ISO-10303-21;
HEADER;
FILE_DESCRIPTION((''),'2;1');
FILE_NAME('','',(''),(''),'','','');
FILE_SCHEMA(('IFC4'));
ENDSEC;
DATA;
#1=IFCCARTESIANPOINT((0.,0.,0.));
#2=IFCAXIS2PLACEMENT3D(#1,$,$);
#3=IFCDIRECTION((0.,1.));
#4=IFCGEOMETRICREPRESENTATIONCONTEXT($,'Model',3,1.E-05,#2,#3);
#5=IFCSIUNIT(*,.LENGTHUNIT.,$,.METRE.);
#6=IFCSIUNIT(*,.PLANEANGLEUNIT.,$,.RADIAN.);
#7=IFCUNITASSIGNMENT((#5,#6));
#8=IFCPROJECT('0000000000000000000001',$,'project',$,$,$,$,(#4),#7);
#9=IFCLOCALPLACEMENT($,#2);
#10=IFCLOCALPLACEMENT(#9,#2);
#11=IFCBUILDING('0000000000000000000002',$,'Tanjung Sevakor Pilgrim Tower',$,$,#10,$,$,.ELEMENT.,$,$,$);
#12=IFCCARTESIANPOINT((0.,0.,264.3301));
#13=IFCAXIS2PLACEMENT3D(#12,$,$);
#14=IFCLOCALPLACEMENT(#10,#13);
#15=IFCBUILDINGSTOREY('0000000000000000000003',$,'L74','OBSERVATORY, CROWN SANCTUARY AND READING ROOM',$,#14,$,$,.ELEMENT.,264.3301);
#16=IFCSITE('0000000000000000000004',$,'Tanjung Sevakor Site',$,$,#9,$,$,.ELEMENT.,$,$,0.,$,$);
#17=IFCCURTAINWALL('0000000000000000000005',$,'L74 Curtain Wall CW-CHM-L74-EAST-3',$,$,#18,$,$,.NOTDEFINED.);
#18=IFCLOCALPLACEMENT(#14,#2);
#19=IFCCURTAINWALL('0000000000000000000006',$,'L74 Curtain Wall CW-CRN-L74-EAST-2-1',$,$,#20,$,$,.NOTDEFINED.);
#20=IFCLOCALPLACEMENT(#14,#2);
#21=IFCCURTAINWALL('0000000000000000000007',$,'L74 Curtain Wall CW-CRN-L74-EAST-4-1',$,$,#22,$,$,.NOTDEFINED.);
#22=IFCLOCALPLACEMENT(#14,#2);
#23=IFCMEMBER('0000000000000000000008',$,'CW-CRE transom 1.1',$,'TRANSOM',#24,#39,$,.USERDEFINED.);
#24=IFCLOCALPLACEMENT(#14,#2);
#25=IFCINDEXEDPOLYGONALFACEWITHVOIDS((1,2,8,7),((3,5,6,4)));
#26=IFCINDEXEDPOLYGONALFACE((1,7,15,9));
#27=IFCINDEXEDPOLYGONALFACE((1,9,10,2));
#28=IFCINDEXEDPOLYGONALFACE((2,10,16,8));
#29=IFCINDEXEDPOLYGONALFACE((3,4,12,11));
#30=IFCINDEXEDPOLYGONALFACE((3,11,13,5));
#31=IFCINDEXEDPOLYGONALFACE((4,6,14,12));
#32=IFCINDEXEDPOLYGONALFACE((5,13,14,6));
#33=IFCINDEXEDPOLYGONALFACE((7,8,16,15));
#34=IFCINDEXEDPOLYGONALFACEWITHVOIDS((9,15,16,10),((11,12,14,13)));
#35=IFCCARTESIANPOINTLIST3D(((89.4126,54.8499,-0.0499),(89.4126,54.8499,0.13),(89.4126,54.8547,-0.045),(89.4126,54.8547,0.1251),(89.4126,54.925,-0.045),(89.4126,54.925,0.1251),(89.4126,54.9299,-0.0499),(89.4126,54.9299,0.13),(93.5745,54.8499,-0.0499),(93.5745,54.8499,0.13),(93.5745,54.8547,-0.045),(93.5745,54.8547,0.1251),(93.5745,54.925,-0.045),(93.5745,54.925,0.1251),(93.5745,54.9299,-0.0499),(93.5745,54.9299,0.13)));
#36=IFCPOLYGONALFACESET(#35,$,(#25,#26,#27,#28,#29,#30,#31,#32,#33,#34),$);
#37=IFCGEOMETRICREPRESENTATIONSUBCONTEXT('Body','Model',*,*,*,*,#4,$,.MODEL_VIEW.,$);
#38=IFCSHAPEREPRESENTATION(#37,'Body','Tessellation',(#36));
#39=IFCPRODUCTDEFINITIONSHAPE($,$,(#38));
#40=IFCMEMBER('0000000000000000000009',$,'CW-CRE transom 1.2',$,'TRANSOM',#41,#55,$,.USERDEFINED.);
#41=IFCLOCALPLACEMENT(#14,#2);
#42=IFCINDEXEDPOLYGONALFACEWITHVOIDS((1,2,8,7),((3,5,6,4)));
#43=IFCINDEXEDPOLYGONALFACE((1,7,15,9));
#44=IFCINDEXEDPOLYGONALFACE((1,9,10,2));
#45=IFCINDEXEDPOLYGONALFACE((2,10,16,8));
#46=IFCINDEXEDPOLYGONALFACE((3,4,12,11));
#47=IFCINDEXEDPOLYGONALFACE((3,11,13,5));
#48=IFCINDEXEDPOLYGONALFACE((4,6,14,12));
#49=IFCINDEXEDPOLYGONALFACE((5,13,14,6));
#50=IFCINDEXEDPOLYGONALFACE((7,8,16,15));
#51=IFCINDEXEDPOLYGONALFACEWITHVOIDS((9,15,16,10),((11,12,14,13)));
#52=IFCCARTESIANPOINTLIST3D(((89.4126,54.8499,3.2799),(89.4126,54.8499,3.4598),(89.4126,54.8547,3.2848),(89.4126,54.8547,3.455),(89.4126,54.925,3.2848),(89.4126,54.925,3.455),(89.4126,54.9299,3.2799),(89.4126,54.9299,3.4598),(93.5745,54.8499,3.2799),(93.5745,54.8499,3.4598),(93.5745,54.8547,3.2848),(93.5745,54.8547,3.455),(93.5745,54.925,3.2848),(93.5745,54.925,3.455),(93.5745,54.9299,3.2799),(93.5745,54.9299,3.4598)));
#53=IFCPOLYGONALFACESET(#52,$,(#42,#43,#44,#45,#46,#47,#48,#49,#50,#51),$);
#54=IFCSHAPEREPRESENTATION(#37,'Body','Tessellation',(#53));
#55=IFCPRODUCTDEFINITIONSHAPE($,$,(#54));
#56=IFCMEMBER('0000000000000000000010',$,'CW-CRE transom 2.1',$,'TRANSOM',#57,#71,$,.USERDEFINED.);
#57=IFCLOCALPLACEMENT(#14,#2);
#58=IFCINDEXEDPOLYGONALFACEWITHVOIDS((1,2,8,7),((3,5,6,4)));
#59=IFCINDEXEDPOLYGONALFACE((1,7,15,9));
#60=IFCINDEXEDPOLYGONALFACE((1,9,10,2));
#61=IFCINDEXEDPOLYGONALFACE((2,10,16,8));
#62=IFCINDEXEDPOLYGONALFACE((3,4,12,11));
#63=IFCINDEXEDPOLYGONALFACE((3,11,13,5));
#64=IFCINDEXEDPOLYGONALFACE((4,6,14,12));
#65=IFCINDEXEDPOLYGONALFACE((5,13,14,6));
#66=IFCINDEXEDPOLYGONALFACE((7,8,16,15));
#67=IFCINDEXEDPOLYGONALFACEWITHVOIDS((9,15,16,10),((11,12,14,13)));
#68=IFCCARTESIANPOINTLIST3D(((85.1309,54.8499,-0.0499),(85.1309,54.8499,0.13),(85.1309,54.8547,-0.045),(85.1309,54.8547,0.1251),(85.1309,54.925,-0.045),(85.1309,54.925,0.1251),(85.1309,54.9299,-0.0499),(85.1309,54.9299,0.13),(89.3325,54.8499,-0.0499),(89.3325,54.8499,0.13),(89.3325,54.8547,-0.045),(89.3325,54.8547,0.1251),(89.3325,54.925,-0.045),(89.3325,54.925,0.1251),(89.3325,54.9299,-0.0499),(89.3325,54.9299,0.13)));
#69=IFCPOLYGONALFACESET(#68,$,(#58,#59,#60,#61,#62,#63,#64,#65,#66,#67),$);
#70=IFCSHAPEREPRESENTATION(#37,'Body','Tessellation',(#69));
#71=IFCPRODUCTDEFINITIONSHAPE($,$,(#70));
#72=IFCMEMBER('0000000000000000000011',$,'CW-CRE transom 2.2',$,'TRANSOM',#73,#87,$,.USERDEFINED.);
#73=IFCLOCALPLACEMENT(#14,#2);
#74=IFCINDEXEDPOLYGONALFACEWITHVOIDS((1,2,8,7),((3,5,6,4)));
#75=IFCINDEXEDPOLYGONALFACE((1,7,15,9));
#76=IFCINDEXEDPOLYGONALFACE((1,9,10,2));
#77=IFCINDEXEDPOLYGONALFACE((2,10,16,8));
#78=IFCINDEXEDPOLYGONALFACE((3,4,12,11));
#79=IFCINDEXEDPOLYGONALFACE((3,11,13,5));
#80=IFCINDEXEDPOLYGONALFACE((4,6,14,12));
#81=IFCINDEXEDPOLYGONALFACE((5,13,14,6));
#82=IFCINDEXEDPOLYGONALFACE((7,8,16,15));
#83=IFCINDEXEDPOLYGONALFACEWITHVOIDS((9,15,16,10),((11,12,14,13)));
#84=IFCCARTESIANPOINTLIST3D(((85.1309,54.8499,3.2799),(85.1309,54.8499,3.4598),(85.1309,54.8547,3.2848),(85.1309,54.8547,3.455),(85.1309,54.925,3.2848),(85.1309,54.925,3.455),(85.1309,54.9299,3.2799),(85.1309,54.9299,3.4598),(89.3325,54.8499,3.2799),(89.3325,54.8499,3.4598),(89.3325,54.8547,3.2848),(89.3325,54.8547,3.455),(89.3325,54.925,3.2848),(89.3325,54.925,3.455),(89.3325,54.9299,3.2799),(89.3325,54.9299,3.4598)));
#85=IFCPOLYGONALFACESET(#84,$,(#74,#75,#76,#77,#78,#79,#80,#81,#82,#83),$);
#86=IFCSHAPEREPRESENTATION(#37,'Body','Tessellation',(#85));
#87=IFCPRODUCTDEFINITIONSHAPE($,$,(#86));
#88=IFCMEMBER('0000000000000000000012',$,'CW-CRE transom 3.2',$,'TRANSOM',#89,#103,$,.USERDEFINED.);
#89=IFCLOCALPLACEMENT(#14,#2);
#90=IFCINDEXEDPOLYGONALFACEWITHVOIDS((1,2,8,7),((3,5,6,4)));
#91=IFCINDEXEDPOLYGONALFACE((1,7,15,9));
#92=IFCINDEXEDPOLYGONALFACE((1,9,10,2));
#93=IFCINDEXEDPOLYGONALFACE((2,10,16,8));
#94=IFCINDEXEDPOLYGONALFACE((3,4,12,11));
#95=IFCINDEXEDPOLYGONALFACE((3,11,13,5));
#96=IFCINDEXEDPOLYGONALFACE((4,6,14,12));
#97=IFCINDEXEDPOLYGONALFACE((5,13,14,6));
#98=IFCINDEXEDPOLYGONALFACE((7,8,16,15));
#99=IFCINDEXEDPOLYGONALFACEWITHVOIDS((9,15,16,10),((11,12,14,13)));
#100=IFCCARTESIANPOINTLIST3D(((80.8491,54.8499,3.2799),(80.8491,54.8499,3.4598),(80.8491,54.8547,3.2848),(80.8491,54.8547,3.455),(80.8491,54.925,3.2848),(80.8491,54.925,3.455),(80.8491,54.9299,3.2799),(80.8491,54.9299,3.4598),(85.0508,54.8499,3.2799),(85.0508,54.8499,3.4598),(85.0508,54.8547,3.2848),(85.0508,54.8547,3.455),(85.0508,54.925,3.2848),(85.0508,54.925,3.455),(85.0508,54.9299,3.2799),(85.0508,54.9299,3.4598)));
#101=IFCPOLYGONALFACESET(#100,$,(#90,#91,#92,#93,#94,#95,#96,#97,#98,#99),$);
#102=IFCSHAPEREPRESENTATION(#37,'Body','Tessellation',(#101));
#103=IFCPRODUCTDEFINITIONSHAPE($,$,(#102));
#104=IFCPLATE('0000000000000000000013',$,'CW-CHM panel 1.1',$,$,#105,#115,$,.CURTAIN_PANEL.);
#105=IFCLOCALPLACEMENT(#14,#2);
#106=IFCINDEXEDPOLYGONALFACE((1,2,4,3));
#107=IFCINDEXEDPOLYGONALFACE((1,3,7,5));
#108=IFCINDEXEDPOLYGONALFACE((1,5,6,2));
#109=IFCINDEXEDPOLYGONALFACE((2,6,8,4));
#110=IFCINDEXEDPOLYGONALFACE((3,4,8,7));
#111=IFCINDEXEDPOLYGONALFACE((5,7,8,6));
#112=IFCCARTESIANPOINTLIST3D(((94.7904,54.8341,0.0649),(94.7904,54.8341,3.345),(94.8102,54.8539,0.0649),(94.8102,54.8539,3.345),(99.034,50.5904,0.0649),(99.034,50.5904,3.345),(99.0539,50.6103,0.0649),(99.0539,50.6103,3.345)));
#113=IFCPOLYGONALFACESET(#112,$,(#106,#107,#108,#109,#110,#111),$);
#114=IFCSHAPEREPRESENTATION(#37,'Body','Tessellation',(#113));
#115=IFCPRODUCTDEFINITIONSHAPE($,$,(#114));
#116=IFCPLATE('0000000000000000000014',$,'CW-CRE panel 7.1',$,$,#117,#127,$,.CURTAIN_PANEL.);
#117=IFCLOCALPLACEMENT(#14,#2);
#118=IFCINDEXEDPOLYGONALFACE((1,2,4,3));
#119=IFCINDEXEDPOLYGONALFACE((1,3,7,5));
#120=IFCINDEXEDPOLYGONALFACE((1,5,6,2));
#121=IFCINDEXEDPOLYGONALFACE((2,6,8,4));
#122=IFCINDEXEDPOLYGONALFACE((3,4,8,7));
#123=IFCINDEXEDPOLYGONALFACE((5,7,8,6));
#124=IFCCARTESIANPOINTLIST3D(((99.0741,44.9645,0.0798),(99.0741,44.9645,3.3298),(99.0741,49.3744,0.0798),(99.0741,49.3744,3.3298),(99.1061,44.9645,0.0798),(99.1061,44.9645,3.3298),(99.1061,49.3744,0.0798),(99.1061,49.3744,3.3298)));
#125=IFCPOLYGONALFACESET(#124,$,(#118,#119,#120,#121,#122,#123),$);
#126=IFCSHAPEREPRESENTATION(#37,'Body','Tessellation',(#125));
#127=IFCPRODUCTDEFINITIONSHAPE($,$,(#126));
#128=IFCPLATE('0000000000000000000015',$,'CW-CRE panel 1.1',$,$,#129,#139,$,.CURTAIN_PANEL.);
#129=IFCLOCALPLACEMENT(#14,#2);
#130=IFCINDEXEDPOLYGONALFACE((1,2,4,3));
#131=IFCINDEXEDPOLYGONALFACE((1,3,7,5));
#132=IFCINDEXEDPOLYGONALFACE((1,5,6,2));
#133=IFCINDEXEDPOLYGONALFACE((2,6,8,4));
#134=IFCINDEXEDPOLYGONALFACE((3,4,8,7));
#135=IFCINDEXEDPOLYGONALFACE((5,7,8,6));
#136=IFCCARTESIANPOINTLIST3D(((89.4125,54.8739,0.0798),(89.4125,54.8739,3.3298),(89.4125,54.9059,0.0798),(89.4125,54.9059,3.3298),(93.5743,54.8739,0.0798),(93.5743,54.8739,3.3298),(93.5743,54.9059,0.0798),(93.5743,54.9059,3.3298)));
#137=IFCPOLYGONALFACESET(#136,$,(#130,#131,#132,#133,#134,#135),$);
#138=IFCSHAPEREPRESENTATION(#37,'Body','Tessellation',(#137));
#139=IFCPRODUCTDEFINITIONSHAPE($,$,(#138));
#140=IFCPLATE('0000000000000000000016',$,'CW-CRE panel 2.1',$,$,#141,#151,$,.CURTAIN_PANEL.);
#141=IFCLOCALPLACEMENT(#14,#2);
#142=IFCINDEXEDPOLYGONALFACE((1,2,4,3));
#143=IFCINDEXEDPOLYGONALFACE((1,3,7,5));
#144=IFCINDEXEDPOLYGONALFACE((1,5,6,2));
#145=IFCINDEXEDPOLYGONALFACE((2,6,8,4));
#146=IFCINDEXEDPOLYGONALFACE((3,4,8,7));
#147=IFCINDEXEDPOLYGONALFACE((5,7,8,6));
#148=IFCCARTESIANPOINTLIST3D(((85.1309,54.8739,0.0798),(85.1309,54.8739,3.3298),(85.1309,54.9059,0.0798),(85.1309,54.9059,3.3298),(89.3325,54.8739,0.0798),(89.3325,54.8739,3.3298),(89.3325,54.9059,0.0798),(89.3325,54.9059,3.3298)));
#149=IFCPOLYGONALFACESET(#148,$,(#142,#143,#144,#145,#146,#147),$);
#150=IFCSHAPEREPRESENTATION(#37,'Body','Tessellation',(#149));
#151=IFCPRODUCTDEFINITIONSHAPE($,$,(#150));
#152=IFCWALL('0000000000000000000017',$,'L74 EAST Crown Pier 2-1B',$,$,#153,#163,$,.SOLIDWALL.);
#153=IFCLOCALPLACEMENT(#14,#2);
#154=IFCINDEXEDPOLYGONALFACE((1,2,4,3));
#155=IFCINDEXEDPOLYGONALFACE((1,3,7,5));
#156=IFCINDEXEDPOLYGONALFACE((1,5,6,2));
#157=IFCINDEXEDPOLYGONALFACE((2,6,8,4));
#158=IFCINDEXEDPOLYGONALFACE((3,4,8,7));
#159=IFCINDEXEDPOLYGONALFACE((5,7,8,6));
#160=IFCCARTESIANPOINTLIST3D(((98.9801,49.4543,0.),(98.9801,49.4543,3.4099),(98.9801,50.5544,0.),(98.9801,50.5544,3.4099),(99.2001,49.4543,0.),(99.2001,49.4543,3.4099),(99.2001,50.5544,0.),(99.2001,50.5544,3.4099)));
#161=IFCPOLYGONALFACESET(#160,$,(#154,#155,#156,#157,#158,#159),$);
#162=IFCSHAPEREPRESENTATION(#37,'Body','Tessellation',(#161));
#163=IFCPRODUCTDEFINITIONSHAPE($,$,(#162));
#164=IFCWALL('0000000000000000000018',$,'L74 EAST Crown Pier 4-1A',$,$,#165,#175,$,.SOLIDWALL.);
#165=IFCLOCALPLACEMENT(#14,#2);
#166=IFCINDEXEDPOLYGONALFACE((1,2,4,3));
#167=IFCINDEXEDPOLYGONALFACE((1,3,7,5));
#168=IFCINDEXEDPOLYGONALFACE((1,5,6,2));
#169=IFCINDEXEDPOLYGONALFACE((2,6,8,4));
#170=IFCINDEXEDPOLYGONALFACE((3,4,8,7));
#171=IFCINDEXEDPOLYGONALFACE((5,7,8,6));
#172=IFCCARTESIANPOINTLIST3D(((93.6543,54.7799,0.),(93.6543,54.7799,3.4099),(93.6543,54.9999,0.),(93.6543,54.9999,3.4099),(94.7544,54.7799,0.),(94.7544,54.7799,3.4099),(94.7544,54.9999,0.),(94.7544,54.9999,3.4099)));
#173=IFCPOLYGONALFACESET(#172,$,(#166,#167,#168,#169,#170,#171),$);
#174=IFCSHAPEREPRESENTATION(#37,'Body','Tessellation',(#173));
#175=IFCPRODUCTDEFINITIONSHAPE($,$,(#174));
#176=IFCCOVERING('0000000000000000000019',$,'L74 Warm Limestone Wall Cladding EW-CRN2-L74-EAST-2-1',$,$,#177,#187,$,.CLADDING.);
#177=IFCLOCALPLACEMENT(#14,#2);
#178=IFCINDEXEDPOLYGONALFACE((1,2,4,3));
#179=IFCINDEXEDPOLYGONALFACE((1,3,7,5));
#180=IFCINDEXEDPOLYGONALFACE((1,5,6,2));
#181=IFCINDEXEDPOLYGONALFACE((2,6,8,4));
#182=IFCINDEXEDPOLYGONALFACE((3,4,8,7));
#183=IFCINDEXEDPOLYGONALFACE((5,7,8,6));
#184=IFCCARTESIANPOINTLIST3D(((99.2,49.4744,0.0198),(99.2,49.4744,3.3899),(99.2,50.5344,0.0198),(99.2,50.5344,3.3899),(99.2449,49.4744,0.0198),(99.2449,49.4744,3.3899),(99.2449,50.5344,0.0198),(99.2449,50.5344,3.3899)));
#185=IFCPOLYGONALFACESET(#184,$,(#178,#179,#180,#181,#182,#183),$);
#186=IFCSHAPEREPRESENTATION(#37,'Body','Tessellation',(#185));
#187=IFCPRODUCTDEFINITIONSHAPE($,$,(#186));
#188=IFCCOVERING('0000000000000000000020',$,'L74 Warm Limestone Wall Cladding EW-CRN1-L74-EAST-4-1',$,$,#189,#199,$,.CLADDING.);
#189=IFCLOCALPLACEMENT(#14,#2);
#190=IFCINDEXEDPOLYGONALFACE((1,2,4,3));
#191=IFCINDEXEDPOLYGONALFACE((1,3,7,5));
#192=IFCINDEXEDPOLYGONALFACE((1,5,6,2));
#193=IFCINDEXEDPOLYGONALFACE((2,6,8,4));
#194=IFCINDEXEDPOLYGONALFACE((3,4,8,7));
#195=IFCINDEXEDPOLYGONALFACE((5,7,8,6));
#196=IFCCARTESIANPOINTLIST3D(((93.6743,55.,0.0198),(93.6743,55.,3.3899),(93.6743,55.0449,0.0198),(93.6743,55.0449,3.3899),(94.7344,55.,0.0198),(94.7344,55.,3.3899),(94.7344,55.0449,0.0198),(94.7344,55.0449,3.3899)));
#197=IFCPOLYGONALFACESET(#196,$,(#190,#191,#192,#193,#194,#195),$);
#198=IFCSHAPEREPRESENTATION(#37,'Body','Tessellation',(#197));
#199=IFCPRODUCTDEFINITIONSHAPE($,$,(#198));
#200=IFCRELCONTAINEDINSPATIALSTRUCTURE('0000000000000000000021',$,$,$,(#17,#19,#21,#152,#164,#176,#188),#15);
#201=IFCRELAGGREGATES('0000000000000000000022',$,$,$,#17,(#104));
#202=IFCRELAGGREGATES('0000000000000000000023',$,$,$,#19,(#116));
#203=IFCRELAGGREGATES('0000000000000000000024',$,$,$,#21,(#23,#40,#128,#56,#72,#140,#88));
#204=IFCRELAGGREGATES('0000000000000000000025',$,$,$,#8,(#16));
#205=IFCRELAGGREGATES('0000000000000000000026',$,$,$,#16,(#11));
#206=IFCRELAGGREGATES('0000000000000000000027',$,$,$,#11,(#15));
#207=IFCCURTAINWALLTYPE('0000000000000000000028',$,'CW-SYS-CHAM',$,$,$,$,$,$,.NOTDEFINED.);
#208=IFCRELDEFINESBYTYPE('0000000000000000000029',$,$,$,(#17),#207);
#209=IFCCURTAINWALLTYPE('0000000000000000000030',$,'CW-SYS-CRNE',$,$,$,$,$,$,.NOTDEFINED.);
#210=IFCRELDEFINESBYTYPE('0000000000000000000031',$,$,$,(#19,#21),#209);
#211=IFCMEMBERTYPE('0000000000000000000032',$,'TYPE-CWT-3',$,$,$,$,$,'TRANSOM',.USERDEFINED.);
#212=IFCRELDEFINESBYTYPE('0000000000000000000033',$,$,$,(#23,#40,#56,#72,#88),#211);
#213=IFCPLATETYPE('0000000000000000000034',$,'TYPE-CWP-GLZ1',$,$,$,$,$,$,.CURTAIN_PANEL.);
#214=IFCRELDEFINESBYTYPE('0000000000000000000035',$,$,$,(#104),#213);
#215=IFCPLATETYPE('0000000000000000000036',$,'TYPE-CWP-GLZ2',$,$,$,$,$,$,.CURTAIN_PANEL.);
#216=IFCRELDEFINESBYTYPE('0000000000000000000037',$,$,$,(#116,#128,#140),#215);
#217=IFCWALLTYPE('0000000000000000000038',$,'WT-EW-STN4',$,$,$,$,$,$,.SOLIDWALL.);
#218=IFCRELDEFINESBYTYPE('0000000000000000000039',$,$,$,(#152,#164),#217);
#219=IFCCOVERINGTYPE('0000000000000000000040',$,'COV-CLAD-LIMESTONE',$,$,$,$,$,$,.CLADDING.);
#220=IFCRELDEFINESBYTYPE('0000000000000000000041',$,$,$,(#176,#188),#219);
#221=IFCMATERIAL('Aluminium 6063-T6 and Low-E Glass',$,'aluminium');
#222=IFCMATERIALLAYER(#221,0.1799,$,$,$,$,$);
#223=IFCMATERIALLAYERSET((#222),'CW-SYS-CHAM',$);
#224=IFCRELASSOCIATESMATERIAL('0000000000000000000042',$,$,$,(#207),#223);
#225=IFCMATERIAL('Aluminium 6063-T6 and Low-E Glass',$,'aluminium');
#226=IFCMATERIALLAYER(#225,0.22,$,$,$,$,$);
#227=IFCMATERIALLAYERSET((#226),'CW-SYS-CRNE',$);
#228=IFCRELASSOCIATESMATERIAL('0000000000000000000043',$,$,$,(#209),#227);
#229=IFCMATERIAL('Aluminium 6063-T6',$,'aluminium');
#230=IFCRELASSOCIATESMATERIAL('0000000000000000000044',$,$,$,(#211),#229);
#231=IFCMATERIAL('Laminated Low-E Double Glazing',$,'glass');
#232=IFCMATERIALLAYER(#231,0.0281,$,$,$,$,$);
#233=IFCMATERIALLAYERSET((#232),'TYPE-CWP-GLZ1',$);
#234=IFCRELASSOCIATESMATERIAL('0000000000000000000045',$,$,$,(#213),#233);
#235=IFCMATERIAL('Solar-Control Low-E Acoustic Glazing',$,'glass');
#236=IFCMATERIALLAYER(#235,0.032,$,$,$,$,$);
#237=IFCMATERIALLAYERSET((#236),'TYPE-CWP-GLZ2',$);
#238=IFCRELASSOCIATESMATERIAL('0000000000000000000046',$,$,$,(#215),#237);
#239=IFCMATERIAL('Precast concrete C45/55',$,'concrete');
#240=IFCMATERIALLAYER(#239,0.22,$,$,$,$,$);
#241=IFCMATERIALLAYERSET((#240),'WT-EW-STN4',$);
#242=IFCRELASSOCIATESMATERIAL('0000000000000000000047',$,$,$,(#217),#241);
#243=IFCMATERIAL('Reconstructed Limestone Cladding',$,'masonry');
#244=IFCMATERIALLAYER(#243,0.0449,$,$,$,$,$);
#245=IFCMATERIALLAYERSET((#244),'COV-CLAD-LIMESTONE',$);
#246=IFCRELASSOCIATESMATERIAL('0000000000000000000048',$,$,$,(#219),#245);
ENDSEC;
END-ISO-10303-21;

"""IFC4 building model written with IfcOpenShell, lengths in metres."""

from ifc_helpers import new_model, si_unit, direction, frame, frame_2d, origin, origin_2d, place, context, subcontext, project, spatial, rectangle, hollow_rectangle, extrude, material, layer, layer_set, material_profile, profile_set, type_object, element, aggregate, save


model = new_model("IFC4")

# Units and contexts
model_context = context("Model", 3, precision=1e-05, world=origin(), true_north=direction((0.0, 1.0)))
body_context = subcontext(model_context, "Body", "Model", "MODEL_VIEW")
ifc_project = project(units=[si_unit("LENGTHUNIT", "METRE"), si_unit("PLANEANGLEUNIT", "RADIAN")], contexts=[model_context])

# Site, building, storey
site_placement = place(None, origin())
site = spatial("IfcSite", under=ifc_project, at=site_placement, Name="Tanjung Sevakor Site", CompositionType="ELEMENT", RefElevation=0.0)
building_placement = place(site_placement, origin())
building = spatial("IfcBuilding", under=site, at=building_placement, Name="Tanjung Sevakor Pilgrim Tower", CompositionType="ELEMENT")
storey_placement = place(building_placement, frame((0.0, 0.0, 264.3301)))
storey = spatial("IfcBuildingStorey", under=building, at=storey_placement, Name="L74", Description="OBSERVATORY, CROWN SANCTUARY AND READING ROOM", CompositionType="ELEMENT", Elevation=264.3301)

# Curtain wall
ifc_material_1 = material(Name="Aluminium 6063-T6 and Low-E Glass", Category="aluminium")
ifc_layer_1 = layer(ifc_material_1, 0.1799)
ifc_layer_set_1 = layer_set([ifc_layer_1], Name="CW-SYS-CHAM")
curtain_wall_type_1 = type_object("IfcCurtainWallType", Name="CW-SYS-CHAM", PredefinedType="NOTDEFINED", material=ifc_layer_set_1)
curtain_wall_1_placement = place(storey_placement, origin())
curtain_wall_1 = element("IfcCurtainWall", 1, at=curtain_wall_1_placement, inside=storey, type_object=curtain_wall_type_1, Name="L74 Curtain Wall CW-CHM-L74-EAST-3", PredefinedType="NOTDEFINED")

# Curtain wall
ifc_material_2 = material(Name="Aluminium 6063-T6 and Low-E Glass", Category="aluminium")
ifc_layer_2 = layer(ifc_material_2, 0.22)
ifc_layer_set_2 = layer_set([ifc_layer_2], Name="CW-SYS-CRNE")
curtain_wall_type_2 = type_object("IfcCurtainWallType", Name="CW-SYS-CRNE", PredefinedType="NOTDEFINED", material=ifc_layer_set_2)
curtain_wall_2_placement = place(storey_placement, origin())
curtain_wall_2 = element("IfcCurtainWall", 2, at=curtain_wall_2_placement, inside=storey, type_object=curtain_wall_type_2, Name="L74 Curtain Wall CW-CRN-L74-EAST-2-1", PredefinedType="NOTDEFINED")

# Curtain wall
curtain_wall_3_placement = place(storey_placement, origin())
curtain_wall_3 = element("IfcCurtainWall", 3, at=curtain_wall_3_placement, inside=storey, type_object=curtain_wall_type_2, Name="L74 Curtain Wall CW-CRN-L74-EAST-4-1", PredefinedType="NOTDEFINED")

# Members
ifc_material_3 = material(Name="Aluminium 6063-T6", Category="aluminium")
ifc_material_profile_1 = material_profile(ifc_material_3, hollow_rectangle(XDim=0.0801, YDim=0.1799, WallThickness=0.0049, at=origin_2d()))
ifc_profile_set_1 = profile_set([ifc_material_profile_1], Name="Aluminium 6063-T6")
member_type_1 = type_object("IfcMemberType", Name="TYPE-CWT-3", ElementType="TRANSOM", PredefinedType="USERDEFINED", material=ifc_profile_set_1)
member_1_placement = place(storey_placement, frame((93.5745, 54.8899, 0.04), z_axis=(-1.0, 0.0, 0.0), x_axis=(0.0, -1.0, 0.0)))
member_1 = element("IfcMember", 4, at=member_1_placement, type_object=member_type_1, Name="CW-CRE transom 1.1", ObjectType="TRANSOM", PredefinedType="USERDEFINED", context=body_context, shape_type="SweptSolid", body=[
    extrude(hollow_rectangle(XDim=0.0801, YDim=0.1799, WallThickness=0.0049, at=origin_2d()), origin(), (0.0, 0.0, 1.0), 4.1619),
])
member_2_placement = place(storey_placement, frame((93.5745, 54.8899, 3.3699), z_axis=(-1.0, 0.0, 0.0), x_axis=(0.0, -1.0, 0.0)))
member_2 = element("IfcMember", 5, at=member_2_placement, type_object=member_type_1, Name="CW-CRE transom 1.2", ObjectType="TRANSOM", PredefinedType="USERDEFINED", context=body_context, shape_type="SweptSolid", body=[
    extrude(hollow_rectangle(XDim=0.0801, YDim=0.1799, WallThickness=0.0049, at=origin_2d()), origin(), (0.0, 0.0, 1.0), 4.1619),
])
member_3_placement = place(storey_placement, frame((89.3325, 54.8899, 0.04), z_axis=(-1.0, 0.0, 0.0), x_axis=(0.0, -1.0, 0.0)))
member_3 = element("IfcMember", 6, at=member_3_placement, type_object=member_type_1, Name="CW-CRE transom 2.1", ObjectType="TRANSOM", PredefinedType="USERDEFINED", context=body_context, shape_type="SweptSolid", body=[
    extrude(hollow_rectangle(XDim=0.0801, YDim=0.1799, WallThickness=0.0049, at=origin_2d()), origin(), (0.0, 0.0, 1.0), 4.2017),
])
member_4_placement = place(storey_placement, frame((89.3325, 54.8899, 3.3699), z_axis=(-1.0, 0.0, 0.0), x_axis=(0.0, -1.0, 0.0)))
member_4 = element("IfcMember", 7, at=member_4_placement, type_object=member_type_1, Name="CW-CRE transom 2.2", ObjectType="TRANSOM", PredefinedType="USERDEFINED", context=body_context, shape_type="SweptSolid", body=[
    extrude(hollow_rectangle(XDim=0.0801, YDim=0.1799, WallThickness=0.0049, at=origin_2d()), origin(), (0.0, 0.0, 1.0), 4.2017),
])
member_5_placement = place(storey_placement, frame((85.0508, 54.8899, 3.3699), z_axis=(-1.0, 0.0, 0.0), x_axis=(0.0, -1.0, 0.0)))
member_5 = element("IfcMember", 8, at=member_5_placement, type_object=member_type_1, Name="CW-CRE transom 3.2", ObjectType="TRANSOM", PredefinedType="USERDEFINED", context=body_context, shape_type="SweptSolid", body=[
    extrude(hollow_rectangle(XDim=0.0801, YDim=0.1799, WallThickness=0.0049, at=origin_2d()), origin(), (0.0, 0.0, 1.0), 4.2017),
])

# Plates
ifc_material_4 = material(Name="Laminated Low-E Double Glazing", Category="glass")
ifc_layer_3 = layer(ifc_material_4, 0.0281)
ifc_layer_set_3 = layer_set([ifc_layer_3], Name="TYPE-CWP-GLZ1")
plate_type_1 = type_object("IfcPlateType", Name="TYPE-CWP-GLZ1", PredefinedType="CURTAIN_PANEL", material=ifc_layer_set_3)
plate_1_placement = place(storey_placement, frame((96.9221, 52.7222, 0.0649), z_axis=(0.0, 0.0, 1.0), x_axis=(-0.707107, 0.707107, 0.0)))
plate_1 = element("IfcPlate", 9, at=plate_1_placement, type_object=plate_type_1, Name="CW-CHM panel 1.1", PredefinedType="CURTAIN_PANEL", context=body_context, shape_type="SweptSolid", body=[
    extrude(rectangle(XDim=6.0015, YDim=0.0281, at=origin_2d()), origin(), (0.0, 0.0, 1.0), 3.28),
])
aggregate(curtain_wall_1, [plate_1])
ifc_material_5 = material(Name="Solar-Control Low-E Acoustic Glazing", Category="glass")
ifc_layer_4 = layer(ifc_material_5, 0.032)
ifc_layer_set_4 = layer_set([ifc_layer_4], Name="TYPE-CWP-GLZ2")
plate_type_2 = type_object("IfcPlateType", Name="TYPE-CWP-GLZ2", PredefinedType="CURTAIN_PANEL", material=ifc_layer_set_4)
plate_2_placement = place(storey_placement, frame((99.0901, 47.1694, 0.0798), z_axis=(0.0, 0.0, 1.0), x_axis=(0.0, 1.0, 0.0)))
plate_2 = element("IfcPlate", 10, at=plate_2_placement, type_object=plate_type_2, Name="CW-CRE panel 7.1", PredefinedType="CURTAIN_PANEL", context=body_context, shape_type="SweptSolid", body=[
    extrude(rectangle(XDim=4.4099, YDim=0.032, at=origin_2d()), origin(), (0.0, 0.0, 1.0), 3.25),
])
aggregate(curtain_wall_2, [plate_2])
plate_3_placement = place(storey_placement, frame((91.4934, 54.8899, 0.0798), z_axis=(0.0, 0.0, 1.0), x_axis=(-1.0, 0.0, 0.0)))
plate_3 = element("IfcPlate", 11, at=plate_3_placement, type_object=plate_type_2, Name="CW-CRE panel 1.1", PredefinedType="CURTAIN_PANEL", context=body_context, shape_type="SweptSolid", body=[
    extrude(rectangle(XDim=4.1619, YDim=0.032, at=origin_2d()), origin(), (0.0, 0.0, 1.0), 3.25),
])
plate_4_placement = place(storey_placement, frame((87.2317, 54.8899, 0.0798), z_axis=(0.0, 0.0, 1.0), x_axis=(-1.0, 0.0, 0.0)))
plate_4 = element("IfcPlate", 12, at=plate_4_placement, type_object=plate_type_2, Name="CW-CRE panel 2.1", PredefinedType="CURTAIN_PANEL", context=body_context, shape_type="SweptSolid", body=[
    extrude(rectangle(XDim=4.2017, YDim=0.032, at=origin_2d()), origin(), (0.0, 0.0, 1.0), 3.25),
])
aggregate(curtain_wall_3, [member_1, member_2, plate_3, member_3, member_4, plate_4, member_5])

# Walls
ifc_material_6 = material(Name="Precast concrete C45/55", Category="concrete")
ifc_layer_5 = layer(ifc_material_6, 0.22)
ifc_layer_set_5 = layer_set([ifc_layer_5], Name="WT-EW-STN4")
wall_type_1 = type_object("IfcWallType", Name="WT-EW-STN4", PredefinedType="SOLIDWALL", material=ifc_layer_set_5)
for number, where, z_axis, x_axis, name in (
    (13, (99.0901, 49.4543, 0.0), (0.0, 0.0, 1.0), (0.0, 1.0, 0.0), "L74 EAST Crown Pier 2-1B"),
    (14, (94.7544, 54.8899, 0.0), (0.0, 0.0, 1.0), (-1.0, 0.0, 0.0), "L74 EAST Crown Pier 4-1A"),
):
    element("IfcWall", number, at=place(storey_placement, frame(where, z_axis=z_axis, x_axis=x_axis)), inside=storey, type_object=wall_type_1, Name=name, PredefinedType="SOLIDWALL", context=body_context, shape_type="SweptSolid", body=[
        extrude(rectangle(XDim=1.1001, YDim=0.22, at=frame_2d((0.55, 0.0))), origin(), (0.0, 0.0, 1.0), 3.4099),
    ])

# Coverings
ifc_material_7 = material(Name="Reconstructed Limestone Cladding", Category="masonry")
ifc_layer_6 = layer(ifc_material_7, 0.0449)
ifc_layer_set_6 = layer_set([ifc_layer_6], Name="COV-CLAD-LIMESTONE")
covering_type = type_object("IfcCoveringType", Name="COV-CLAD-LIMESTONE", PredefinedType="CLADDING", material=ifc_layer_set_6)
for number, where, z_axis, x_axis, name in (
    (15, (99.2224, 50.0044, 0.0198), (0.0, 0.0, 1.0), (0.0, 1.0, 0.0), "L74 Warm Limestone Wall Cladding EW-CRN2-L74-EAST-2-1"),
    (16, (94.2043, 55.0225, 0.0198), (0.0, 0.0, 1.0), (-1.0, 0.0, 0.0), "L74 Warm Limestone Wall Cladding EW-CRN1-L74-EAST-4-1"),
):
    element("IfcCovering", number, at=place(storey_placement, frame(where, z_axis=z_axis, x_axis=x_axis)), inside=storey, type_object=covering_type, Name=name, PredefinedType="CLADDING", context=body_context, shape_type="SweptSolid", body=[
        extrude(rectangle(XDim=1.0601, YDim=0.0449, at=origin_2d()), origin(), (0.0, 0.0, 1.0), 3.3701),
    ])

save(model, "model.ifc")
